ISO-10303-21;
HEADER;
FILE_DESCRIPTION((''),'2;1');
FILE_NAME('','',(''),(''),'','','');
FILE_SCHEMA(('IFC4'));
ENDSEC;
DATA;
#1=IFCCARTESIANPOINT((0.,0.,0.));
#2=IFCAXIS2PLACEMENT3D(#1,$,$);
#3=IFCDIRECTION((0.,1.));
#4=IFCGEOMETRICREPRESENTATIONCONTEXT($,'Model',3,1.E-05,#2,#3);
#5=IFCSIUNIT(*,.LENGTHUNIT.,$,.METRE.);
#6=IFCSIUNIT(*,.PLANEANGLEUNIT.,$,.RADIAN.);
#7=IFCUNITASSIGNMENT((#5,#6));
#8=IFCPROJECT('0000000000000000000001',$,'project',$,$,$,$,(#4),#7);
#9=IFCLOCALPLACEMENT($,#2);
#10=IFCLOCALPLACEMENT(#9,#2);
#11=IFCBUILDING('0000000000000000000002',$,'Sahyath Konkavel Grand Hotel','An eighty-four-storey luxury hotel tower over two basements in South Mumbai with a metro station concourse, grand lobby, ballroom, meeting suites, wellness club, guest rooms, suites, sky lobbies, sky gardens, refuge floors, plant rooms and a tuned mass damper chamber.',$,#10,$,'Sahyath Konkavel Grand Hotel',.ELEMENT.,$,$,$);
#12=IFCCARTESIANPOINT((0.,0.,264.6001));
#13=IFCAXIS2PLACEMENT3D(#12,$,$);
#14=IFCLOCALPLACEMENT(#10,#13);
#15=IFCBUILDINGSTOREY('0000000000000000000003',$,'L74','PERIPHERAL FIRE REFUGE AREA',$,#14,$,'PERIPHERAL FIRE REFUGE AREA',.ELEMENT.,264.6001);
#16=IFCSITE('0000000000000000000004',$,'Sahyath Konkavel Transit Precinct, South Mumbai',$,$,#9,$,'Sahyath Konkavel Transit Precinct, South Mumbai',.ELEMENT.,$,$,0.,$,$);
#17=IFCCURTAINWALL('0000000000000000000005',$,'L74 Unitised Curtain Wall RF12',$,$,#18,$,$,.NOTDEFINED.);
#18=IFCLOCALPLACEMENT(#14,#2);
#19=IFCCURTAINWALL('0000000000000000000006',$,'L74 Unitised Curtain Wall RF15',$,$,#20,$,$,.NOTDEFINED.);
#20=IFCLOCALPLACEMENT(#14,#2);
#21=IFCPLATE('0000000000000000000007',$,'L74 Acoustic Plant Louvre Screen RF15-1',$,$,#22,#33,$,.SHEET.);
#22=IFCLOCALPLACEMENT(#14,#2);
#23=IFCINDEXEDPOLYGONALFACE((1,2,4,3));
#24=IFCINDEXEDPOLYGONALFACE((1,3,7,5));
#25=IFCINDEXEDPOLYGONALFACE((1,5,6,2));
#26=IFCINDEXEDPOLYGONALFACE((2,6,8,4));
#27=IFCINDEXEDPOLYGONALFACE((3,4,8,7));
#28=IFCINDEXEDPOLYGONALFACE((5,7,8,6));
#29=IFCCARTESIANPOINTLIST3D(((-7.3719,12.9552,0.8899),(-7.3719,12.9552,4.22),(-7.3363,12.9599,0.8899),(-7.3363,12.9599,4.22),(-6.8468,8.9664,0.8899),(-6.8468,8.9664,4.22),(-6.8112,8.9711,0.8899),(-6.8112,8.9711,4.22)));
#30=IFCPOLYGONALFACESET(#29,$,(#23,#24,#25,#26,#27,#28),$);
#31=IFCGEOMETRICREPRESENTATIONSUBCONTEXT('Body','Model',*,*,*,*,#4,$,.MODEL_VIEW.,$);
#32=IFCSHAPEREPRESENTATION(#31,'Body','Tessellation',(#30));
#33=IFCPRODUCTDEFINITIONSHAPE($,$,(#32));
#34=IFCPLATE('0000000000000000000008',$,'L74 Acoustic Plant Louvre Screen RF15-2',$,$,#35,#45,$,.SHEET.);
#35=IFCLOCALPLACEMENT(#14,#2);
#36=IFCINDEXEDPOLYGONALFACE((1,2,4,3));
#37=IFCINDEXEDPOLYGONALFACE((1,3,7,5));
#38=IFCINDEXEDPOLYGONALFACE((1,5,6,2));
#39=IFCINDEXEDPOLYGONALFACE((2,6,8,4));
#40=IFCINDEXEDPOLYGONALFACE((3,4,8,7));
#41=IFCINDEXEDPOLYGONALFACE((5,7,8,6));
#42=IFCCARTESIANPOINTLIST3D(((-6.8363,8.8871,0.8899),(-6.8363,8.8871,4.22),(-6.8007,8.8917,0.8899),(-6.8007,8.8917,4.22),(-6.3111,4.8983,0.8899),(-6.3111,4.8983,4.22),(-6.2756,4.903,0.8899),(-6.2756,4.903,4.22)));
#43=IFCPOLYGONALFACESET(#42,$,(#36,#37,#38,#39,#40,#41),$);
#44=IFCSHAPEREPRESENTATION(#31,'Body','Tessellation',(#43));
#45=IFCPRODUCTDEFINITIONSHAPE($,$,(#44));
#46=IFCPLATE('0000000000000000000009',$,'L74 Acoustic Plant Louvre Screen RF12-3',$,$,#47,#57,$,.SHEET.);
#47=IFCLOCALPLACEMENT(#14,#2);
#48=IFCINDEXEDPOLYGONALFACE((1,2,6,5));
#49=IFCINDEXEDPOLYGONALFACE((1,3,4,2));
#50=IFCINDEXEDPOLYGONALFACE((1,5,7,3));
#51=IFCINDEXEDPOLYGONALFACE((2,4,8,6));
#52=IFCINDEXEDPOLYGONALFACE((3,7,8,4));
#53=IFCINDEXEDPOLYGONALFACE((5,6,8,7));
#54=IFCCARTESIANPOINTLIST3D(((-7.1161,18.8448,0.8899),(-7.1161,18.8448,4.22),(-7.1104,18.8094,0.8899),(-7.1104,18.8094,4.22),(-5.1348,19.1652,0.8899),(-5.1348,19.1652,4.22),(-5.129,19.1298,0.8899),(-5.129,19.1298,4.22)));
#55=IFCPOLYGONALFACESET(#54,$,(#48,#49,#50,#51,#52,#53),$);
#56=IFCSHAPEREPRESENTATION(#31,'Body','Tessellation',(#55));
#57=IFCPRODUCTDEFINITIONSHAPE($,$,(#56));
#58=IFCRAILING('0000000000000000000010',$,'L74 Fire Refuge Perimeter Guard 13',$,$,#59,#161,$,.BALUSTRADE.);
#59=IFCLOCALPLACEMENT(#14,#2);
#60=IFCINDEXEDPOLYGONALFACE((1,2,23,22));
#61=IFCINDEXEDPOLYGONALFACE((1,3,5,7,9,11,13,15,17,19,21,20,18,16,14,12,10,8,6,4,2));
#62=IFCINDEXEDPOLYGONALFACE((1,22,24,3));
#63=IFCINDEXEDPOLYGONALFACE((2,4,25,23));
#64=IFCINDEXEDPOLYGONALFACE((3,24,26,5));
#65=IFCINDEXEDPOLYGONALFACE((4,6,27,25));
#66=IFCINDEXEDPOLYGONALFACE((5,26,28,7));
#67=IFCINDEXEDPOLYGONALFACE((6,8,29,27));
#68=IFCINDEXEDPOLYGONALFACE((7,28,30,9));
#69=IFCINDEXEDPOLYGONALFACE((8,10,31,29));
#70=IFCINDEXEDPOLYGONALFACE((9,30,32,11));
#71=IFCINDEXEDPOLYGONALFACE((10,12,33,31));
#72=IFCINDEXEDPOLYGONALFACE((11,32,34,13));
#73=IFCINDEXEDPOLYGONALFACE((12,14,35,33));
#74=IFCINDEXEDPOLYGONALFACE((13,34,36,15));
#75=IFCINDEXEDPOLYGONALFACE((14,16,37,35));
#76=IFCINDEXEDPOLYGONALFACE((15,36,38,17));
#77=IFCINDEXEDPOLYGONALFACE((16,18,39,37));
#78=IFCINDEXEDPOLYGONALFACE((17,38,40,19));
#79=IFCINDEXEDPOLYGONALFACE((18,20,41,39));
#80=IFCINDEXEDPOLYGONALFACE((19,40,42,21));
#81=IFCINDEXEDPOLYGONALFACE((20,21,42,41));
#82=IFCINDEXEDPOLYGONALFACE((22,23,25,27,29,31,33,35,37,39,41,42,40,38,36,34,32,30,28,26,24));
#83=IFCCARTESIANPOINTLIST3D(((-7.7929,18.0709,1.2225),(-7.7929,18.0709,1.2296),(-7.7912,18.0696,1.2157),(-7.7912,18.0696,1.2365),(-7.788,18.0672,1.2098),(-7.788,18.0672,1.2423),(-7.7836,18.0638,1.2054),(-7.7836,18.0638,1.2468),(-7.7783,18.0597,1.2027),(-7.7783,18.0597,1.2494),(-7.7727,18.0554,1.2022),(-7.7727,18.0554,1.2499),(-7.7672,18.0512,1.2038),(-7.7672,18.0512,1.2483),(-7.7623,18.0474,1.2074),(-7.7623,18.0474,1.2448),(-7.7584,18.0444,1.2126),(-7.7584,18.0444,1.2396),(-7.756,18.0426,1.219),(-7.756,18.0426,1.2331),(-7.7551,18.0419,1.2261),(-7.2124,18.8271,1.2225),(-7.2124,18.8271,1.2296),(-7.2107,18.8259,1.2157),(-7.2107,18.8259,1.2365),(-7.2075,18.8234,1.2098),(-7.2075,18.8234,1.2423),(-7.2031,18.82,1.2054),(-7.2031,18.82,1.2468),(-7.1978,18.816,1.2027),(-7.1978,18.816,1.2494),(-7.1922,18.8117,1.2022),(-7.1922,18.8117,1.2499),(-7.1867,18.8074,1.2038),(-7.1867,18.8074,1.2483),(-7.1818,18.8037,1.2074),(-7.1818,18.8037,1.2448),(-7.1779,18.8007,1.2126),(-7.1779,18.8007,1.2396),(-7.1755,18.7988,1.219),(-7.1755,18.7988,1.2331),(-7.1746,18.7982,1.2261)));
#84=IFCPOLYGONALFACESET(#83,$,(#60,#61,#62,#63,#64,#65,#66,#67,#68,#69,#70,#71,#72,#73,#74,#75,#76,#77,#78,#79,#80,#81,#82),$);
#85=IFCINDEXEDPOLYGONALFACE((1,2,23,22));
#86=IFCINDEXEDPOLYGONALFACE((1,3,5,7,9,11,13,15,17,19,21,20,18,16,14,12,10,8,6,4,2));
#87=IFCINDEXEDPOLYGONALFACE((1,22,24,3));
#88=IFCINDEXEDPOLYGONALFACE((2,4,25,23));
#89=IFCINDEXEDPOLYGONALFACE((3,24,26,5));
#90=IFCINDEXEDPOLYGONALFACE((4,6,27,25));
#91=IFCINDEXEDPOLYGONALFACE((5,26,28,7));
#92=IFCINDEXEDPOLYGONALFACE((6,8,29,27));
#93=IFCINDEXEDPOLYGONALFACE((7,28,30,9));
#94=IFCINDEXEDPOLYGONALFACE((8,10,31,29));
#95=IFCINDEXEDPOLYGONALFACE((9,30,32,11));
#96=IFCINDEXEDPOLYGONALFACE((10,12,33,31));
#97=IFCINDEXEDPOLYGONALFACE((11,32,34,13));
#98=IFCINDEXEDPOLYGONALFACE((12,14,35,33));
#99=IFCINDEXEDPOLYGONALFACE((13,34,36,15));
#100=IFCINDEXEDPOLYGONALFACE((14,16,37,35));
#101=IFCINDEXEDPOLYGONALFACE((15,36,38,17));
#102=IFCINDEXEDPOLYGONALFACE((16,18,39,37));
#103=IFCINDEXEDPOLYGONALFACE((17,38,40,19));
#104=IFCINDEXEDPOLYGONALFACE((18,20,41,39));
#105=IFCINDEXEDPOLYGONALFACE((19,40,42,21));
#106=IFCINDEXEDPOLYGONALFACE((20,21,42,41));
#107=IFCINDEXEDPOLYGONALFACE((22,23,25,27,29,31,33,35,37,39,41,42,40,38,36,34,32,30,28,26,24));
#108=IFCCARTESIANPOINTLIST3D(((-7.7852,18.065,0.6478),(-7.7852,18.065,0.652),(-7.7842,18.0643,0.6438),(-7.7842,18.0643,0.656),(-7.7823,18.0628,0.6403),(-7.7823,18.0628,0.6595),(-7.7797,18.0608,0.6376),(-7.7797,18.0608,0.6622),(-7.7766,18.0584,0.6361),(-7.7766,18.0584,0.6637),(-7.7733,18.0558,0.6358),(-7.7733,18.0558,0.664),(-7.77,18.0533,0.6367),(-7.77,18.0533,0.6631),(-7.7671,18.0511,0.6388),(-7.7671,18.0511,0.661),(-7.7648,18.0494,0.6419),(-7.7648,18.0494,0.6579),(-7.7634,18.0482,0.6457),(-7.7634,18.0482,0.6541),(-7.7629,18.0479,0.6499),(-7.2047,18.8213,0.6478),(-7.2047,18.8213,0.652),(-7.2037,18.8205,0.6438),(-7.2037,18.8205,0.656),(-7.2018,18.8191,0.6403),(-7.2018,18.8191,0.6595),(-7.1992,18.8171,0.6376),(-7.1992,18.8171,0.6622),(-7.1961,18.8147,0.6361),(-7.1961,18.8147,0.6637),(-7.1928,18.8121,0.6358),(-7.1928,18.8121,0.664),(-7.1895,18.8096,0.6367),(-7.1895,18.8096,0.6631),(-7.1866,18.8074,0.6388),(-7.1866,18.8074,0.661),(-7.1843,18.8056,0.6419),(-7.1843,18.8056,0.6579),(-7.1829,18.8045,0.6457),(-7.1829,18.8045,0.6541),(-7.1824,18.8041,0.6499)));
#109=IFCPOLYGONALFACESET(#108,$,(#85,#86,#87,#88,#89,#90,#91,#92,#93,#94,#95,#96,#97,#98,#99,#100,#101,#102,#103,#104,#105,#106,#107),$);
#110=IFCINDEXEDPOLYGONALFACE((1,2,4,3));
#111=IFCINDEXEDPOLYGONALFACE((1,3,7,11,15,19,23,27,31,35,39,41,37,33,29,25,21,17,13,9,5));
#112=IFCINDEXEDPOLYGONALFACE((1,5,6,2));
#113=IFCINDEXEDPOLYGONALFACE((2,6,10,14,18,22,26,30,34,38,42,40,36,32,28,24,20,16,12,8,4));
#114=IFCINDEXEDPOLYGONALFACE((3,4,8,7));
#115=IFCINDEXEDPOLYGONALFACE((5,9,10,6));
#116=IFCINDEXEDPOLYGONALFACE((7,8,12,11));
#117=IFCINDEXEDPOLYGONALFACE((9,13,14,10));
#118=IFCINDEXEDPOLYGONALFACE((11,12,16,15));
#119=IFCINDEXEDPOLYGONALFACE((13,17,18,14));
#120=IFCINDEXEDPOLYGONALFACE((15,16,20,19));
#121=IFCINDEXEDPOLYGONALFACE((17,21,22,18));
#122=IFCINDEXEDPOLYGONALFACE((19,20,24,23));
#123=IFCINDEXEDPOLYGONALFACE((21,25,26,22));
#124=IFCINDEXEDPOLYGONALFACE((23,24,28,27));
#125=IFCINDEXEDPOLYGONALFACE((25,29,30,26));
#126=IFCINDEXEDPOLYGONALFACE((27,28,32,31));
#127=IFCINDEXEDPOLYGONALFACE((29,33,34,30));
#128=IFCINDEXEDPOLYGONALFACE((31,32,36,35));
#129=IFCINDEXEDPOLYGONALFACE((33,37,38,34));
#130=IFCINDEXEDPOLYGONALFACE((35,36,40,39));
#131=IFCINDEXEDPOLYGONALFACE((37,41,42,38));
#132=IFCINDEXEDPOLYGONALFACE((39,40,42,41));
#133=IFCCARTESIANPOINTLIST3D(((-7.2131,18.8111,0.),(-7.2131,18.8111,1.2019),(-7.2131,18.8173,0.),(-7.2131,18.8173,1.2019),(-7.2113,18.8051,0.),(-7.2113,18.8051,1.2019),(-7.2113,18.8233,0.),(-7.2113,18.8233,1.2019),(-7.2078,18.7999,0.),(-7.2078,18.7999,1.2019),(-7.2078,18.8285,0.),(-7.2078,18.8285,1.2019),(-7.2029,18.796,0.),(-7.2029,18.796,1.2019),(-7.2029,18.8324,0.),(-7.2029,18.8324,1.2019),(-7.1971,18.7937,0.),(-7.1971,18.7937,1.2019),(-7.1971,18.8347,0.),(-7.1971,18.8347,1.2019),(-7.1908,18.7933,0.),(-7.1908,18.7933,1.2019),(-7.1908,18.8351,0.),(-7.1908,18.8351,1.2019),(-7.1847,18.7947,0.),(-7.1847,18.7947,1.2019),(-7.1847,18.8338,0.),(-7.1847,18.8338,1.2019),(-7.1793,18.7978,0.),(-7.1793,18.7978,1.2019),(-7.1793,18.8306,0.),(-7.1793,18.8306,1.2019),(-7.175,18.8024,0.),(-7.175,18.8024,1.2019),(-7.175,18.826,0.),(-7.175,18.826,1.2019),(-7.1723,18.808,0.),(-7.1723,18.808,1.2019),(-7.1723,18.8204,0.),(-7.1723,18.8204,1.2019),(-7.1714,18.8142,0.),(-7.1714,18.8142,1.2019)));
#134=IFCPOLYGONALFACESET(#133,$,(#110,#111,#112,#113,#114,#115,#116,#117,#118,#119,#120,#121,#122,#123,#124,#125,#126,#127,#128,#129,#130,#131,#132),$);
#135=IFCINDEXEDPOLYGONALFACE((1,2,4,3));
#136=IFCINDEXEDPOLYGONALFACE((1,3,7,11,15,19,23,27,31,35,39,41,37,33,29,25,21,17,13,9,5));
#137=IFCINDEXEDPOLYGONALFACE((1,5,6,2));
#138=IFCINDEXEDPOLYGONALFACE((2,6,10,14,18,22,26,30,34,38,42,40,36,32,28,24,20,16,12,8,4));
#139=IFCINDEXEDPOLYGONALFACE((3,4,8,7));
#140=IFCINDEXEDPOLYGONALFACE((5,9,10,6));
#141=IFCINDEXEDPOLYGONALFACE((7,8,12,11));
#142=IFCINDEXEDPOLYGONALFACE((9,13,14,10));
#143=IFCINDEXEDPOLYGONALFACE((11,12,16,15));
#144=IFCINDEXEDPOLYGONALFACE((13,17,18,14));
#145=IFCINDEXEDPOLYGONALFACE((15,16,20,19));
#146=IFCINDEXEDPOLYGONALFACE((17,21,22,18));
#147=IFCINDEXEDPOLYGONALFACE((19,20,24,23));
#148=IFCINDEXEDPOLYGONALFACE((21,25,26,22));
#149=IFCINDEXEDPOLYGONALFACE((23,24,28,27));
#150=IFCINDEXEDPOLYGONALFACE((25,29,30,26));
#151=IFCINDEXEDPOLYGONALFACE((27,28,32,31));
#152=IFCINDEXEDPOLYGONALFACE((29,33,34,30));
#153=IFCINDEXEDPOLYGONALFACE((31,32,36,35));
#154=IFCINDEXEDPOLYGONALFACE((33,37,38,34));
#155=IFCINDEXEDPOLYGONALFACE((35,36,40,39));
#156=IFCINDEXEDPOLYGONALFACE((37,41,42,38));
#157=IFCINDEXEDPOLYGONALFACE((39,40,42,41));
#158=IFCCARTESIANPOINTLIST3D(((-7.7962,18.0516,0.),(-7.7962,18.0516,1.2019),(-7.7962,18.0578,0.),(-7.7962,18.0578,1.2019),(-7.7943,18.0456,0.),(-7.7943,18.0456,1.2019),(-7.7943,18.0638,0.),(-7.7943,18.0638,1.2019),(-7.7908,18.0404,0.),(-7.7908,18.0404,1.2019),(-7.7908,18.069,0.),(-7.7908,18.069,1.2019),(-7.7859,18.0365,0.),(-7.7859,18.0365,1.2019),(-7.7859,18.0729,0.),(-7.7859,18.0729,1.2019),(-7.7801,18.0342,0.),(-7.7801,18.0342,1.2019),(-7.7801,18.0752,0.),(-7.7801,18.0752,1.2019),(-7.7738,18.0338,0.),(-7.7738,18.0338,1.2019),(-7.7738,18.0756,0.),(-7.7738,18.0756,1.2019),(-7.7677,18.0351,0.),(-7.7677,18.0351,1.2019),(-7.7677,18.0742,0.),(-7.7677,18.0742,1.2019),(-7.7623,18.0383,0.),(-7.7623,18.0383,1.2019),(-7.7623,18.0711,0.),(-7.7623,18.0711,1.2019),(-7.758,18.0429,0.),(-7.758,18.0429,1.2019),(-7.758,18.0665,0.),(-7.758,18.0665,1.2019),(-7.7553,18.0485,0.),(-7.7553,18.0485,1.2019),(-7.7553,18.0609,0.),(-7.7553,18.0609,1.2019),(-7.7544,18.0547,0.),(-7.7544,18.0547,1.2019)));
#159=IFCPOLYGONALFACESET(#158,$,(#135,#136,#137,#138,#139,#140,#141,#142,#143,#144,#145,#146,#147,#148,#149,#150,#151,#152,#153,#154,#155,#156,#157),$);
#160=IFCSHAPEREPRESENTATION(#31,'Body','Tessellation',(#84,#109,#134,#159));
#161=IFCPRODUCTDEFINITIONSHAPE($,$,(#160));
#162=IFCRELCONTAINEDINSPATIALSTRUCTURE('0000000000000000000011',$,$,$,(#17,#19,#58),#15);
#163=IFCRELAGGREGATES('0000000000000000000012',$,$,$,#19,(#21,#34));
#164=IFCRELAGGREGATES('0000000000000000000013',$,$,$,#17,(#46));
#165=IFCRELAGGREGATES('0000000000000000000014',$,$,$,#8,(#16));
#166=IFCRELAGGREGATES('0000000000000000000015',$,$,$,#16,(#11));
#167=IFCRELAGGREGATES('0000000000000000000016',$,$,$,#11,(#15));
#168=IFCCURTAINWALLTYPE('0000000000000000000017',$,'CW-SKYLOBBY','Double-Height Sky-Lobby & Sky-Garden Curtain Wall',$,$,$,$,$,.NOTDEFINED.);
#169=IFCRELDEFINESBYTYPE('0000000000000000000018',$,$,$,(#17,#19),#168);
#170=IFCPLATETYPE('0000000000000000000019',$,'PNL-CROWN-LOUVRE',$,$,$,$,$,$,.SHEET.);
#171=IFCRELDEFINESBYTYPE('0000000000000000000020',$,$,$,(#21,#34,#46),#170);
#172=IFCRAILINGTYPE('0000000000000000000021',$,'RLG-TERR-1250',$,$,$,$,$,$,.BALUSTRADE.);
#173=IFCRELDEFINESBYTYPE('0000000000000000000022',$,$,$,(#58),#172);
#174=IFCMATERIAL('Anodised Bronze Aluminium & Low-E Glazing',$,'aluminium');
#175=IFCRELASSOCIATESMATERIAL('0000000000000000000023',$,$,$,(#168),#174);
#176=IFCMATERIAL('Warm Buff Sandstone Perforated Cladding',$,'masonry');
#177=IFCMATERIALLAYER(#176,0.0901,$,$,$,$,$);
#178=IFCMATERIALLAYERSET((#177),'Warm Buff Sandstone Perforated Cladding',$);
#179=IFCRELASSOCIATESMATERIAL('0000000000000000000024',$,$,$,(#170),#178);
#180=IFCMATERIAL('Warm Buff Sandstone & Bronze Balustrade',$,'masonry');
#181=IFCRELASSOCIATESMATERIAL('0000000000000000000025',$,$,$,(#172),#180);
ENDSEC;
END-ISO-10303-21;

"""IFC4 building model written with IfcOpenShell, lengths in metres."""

from ifc_helpers import new_model, si_unit, direction, frame, origin, origin_2d, place, context, subcontext, project, spatial, rectangle, circle, extrude, source, transform, mapped, material, layer, layer_set, type_object, element, aggregate, save


model = new_model("IFC4")

# Units and contexts
model_context = context("Model", 3, precision=1e-05, world=origin(), true_north=direction((0.0, 1.0)))
body_context = subcontext(model_context, "Body", "Model", "MODEL_VIEW")
ifc_project = project(units=[si_unit("LENGTHUNIT", "METRE"), si_unit("PLANEANGLEUNIT", "RADIAN")], contexts=[model_context])

# Site, building, storey
site_placement = place(None, origin())
site = spatial("IfcSite", under=ifc_project, at=site_placement, Name="Sahyath Konkavel Transit Precinct, South Mumbai", LongName="Sahyath Konkavel Transit Precinct, South Mumbai", CompositionType="ELEMENT", RefElevation=0.0)
building_placement = place(site_placement, origin())
building = spatial("IfcBuilding", under=site, at=building_placement, Name="Sahyath Konkavel Grand Hotel", Description="An eighty-four-storey luxury hotel tower over two basements in South Mumbai with a metro station concourse, grand lobby, ballroom, meeting suites, wellness club, guest rooms, suites, sky lobbies, sky gardens, refuge floors, plant rooms and a tuned mass damper chamber.", LongName="Sahyath Konkavel Grand Hotel", CompositionType="ELEMENT")
storey_placement = place(building_placement, frame((0.0, 0.0, 264.6001)))
storey = spatial("IfcBuildingStorey", under=building, at=storey_placement, Name="L74", Description="PERIPHERAL FIRE REFUGE AREA", LongName="PERIPHERAL FIRE REFUGE AREA", CompositionType="ELEMENT", Elevation=264.6001)

# Curtain wall
ifc_material_1 = material(Name="Anodised Bronze Aluminium & Low-E Glazing", Category="aluminium")
curtain_wall_type = type_object("IfcCurtainWallType", Name="CW-SKYLOBBY", Description="Double-Height Sky-Lobby & Sky-Garden Curtain Wall", PredefinedType="NOTDEFINED", material=ifc_material_1)
curtain_wall_1_placement = place(storey_placement, origin())
curtain_wall_1 = element("IfcCurtainWall", 1, at=curtain_wall_1_placement, inside=storey, type_object=curtain_wall_type, Name="L74 Unitised Curtain Wall RF12", PredefinedType="NOTDEFINED")

# Curtain wall
curtain_wall_2_placement = place(storey_placement, origin())
curtain_wall_2 = element("IfcCurtainWall", 2, at=curtain_wall_2_placement, inside=storey, type_object=curtain_wall_type, Name="L74 Unitised Curtain Wall RF15", PredefinedType="NOTDEFINED")

# Plates
ifc_material_2 = material(Name="Warm Buff Sandstone Perforated Cladding", Category="masonry")
ifc_layer_1 = layer(ifc_material_2, 0.0901)
ifc_layer_set_1 = layer_set([ifc_layer_1], Name="Warm Buff Sandstone Perforated Cladding")
plate_type_1 = type_object("IfcPlateType", Name="PNL-CROWN-LOUVRE", PredefinedType="SHEET", material=ifc_layer_set_1)
shared_shape_1 = source(origin(), body_context, "Body", "SweptSolid", [
    extrude(rectangle(XDim=4.0232, YDim=0.0359, at=origin_2d()), origin(), (0.0, 0.0, 1.0), 3.3301),
])
plate_1_placement = place(storey_placement, frame((-7.0916, 10.9631, 0.8899), z_axis=(0.0, 0.0, 1.0), x_axis=(0.130526, -0.991445, 0.0)))
plate_1 = element("IfcPlate", 3, at=plate_1_placement, type_object=plate_type_1, Name="L74 Acoustic Plant Louvre Screen RF15-1", PredefinedType="SHEET", context=body_context, shape_type="MappedRepresentation", body=[
    mapped(shared_shape_1, transform((0.0, 0.0, 0.0), scale=1.0)),
])
plate_2_placement = place(storey_placement, frame((-6.5559, 6.895, 0.8899), z_axis=(0.0, 0.0, 1.0), x_axis=(0.130526, -0.991445, 0.0)))
plate_2 = element("IfcPlate", 4, at=plate_2_placement, type_object=plate_type_1, Name="L74 Acoustic Plant Louvre Screen RF15-2", PredefinedType="SHEET", context=body_context, shape_type="MappedRepresentation", body=[
    mapped(shared_shape_1, transform((0.0, 0.0, 0.0), scale=1.0)),
])
aggregate(curtain_wall_2, [plate_1, plate_2])
shared_shape_2 = source(origin(), body_context, "Body", "SweptSolid", [
    extrude(rectangle(XDim=2.0071, YDim=0.0359, at=origin_2d()), origin(), (0.0, 0.0, 1.0), 3.3301),
])
plate_3_placement = place(storey_placement, frame((-6.1226, 18.9873, 0.8899), z_axis=(0.0, 0.0, 1.0), x_axis=(-0.987178, -0.159623, 0.0)))
plate_3 = element("IfcPlate", 5, at=plate_3_placement, type_object=plate_type_1, Name="L74 Acoustic Plant Louvre Screen RF12-3", PredefinedType="SHEET", context=body_context, shape_type="MappedRepresentation", body=[
    mapped(shared_shape_2, transform((0.0, 0.0, 0.0), scale=1.0)),
])
aggregate(curtain_wall_1, [plate_3])

# Railing
ifc_material_3 = material(Name="Warm Buff Sandstone & Bronze Balustrade", Category="masonry")
railing_type = type_object("IfcRailingType", Name="RLG-TERR-1250", PredefinedType="BALUSTRADE", material=ifc_material_3)
railing_1_placement = place(storey_placement, frame((-7.1924, 18.8142, 0.0)))
element("IfcRailing", 6, at=railing_1_placement, inside=storey, type_object=railing_type, Name="L74 Fire Refuge Perimeter Guard 13", PredefinedType="BALUSTRADE", context=body_context, shape_type="SweptSolid", body=[
    extrude(circle(Radius=0.0239, at=origin_2d()), frame((-0.0012, -0.0015, 1.2261), z_axis=(-0.608897, -0.793249, 0.0), x_axis=(0.793249, -0.608897, 0.0)), (0.0, 0.0, 1.0), 0.9534),
    extrude(circle(Radius=0.0142, at=origin_2d()), frame((-0.0012, -0.0015, 0.6499), z_axis=(-0.608897, -0.793249, 0.0), x_axis=(0.793249, -0.608897, 0.0)), (0.0, 0.0, 1.0), 0.9534),
    extrude(circle(Radius=0.021, at=origin_2d()), origin(), (0.0, 0.0, 1.0), 1.2019),
    extrude(circle(Radius=0.021, at=origin_2d()), frame((-0.583, -0.7595, 0.0)), (0.0, 0.0, 1.0), 1.2019),
])

save(model, "model.ifc")
